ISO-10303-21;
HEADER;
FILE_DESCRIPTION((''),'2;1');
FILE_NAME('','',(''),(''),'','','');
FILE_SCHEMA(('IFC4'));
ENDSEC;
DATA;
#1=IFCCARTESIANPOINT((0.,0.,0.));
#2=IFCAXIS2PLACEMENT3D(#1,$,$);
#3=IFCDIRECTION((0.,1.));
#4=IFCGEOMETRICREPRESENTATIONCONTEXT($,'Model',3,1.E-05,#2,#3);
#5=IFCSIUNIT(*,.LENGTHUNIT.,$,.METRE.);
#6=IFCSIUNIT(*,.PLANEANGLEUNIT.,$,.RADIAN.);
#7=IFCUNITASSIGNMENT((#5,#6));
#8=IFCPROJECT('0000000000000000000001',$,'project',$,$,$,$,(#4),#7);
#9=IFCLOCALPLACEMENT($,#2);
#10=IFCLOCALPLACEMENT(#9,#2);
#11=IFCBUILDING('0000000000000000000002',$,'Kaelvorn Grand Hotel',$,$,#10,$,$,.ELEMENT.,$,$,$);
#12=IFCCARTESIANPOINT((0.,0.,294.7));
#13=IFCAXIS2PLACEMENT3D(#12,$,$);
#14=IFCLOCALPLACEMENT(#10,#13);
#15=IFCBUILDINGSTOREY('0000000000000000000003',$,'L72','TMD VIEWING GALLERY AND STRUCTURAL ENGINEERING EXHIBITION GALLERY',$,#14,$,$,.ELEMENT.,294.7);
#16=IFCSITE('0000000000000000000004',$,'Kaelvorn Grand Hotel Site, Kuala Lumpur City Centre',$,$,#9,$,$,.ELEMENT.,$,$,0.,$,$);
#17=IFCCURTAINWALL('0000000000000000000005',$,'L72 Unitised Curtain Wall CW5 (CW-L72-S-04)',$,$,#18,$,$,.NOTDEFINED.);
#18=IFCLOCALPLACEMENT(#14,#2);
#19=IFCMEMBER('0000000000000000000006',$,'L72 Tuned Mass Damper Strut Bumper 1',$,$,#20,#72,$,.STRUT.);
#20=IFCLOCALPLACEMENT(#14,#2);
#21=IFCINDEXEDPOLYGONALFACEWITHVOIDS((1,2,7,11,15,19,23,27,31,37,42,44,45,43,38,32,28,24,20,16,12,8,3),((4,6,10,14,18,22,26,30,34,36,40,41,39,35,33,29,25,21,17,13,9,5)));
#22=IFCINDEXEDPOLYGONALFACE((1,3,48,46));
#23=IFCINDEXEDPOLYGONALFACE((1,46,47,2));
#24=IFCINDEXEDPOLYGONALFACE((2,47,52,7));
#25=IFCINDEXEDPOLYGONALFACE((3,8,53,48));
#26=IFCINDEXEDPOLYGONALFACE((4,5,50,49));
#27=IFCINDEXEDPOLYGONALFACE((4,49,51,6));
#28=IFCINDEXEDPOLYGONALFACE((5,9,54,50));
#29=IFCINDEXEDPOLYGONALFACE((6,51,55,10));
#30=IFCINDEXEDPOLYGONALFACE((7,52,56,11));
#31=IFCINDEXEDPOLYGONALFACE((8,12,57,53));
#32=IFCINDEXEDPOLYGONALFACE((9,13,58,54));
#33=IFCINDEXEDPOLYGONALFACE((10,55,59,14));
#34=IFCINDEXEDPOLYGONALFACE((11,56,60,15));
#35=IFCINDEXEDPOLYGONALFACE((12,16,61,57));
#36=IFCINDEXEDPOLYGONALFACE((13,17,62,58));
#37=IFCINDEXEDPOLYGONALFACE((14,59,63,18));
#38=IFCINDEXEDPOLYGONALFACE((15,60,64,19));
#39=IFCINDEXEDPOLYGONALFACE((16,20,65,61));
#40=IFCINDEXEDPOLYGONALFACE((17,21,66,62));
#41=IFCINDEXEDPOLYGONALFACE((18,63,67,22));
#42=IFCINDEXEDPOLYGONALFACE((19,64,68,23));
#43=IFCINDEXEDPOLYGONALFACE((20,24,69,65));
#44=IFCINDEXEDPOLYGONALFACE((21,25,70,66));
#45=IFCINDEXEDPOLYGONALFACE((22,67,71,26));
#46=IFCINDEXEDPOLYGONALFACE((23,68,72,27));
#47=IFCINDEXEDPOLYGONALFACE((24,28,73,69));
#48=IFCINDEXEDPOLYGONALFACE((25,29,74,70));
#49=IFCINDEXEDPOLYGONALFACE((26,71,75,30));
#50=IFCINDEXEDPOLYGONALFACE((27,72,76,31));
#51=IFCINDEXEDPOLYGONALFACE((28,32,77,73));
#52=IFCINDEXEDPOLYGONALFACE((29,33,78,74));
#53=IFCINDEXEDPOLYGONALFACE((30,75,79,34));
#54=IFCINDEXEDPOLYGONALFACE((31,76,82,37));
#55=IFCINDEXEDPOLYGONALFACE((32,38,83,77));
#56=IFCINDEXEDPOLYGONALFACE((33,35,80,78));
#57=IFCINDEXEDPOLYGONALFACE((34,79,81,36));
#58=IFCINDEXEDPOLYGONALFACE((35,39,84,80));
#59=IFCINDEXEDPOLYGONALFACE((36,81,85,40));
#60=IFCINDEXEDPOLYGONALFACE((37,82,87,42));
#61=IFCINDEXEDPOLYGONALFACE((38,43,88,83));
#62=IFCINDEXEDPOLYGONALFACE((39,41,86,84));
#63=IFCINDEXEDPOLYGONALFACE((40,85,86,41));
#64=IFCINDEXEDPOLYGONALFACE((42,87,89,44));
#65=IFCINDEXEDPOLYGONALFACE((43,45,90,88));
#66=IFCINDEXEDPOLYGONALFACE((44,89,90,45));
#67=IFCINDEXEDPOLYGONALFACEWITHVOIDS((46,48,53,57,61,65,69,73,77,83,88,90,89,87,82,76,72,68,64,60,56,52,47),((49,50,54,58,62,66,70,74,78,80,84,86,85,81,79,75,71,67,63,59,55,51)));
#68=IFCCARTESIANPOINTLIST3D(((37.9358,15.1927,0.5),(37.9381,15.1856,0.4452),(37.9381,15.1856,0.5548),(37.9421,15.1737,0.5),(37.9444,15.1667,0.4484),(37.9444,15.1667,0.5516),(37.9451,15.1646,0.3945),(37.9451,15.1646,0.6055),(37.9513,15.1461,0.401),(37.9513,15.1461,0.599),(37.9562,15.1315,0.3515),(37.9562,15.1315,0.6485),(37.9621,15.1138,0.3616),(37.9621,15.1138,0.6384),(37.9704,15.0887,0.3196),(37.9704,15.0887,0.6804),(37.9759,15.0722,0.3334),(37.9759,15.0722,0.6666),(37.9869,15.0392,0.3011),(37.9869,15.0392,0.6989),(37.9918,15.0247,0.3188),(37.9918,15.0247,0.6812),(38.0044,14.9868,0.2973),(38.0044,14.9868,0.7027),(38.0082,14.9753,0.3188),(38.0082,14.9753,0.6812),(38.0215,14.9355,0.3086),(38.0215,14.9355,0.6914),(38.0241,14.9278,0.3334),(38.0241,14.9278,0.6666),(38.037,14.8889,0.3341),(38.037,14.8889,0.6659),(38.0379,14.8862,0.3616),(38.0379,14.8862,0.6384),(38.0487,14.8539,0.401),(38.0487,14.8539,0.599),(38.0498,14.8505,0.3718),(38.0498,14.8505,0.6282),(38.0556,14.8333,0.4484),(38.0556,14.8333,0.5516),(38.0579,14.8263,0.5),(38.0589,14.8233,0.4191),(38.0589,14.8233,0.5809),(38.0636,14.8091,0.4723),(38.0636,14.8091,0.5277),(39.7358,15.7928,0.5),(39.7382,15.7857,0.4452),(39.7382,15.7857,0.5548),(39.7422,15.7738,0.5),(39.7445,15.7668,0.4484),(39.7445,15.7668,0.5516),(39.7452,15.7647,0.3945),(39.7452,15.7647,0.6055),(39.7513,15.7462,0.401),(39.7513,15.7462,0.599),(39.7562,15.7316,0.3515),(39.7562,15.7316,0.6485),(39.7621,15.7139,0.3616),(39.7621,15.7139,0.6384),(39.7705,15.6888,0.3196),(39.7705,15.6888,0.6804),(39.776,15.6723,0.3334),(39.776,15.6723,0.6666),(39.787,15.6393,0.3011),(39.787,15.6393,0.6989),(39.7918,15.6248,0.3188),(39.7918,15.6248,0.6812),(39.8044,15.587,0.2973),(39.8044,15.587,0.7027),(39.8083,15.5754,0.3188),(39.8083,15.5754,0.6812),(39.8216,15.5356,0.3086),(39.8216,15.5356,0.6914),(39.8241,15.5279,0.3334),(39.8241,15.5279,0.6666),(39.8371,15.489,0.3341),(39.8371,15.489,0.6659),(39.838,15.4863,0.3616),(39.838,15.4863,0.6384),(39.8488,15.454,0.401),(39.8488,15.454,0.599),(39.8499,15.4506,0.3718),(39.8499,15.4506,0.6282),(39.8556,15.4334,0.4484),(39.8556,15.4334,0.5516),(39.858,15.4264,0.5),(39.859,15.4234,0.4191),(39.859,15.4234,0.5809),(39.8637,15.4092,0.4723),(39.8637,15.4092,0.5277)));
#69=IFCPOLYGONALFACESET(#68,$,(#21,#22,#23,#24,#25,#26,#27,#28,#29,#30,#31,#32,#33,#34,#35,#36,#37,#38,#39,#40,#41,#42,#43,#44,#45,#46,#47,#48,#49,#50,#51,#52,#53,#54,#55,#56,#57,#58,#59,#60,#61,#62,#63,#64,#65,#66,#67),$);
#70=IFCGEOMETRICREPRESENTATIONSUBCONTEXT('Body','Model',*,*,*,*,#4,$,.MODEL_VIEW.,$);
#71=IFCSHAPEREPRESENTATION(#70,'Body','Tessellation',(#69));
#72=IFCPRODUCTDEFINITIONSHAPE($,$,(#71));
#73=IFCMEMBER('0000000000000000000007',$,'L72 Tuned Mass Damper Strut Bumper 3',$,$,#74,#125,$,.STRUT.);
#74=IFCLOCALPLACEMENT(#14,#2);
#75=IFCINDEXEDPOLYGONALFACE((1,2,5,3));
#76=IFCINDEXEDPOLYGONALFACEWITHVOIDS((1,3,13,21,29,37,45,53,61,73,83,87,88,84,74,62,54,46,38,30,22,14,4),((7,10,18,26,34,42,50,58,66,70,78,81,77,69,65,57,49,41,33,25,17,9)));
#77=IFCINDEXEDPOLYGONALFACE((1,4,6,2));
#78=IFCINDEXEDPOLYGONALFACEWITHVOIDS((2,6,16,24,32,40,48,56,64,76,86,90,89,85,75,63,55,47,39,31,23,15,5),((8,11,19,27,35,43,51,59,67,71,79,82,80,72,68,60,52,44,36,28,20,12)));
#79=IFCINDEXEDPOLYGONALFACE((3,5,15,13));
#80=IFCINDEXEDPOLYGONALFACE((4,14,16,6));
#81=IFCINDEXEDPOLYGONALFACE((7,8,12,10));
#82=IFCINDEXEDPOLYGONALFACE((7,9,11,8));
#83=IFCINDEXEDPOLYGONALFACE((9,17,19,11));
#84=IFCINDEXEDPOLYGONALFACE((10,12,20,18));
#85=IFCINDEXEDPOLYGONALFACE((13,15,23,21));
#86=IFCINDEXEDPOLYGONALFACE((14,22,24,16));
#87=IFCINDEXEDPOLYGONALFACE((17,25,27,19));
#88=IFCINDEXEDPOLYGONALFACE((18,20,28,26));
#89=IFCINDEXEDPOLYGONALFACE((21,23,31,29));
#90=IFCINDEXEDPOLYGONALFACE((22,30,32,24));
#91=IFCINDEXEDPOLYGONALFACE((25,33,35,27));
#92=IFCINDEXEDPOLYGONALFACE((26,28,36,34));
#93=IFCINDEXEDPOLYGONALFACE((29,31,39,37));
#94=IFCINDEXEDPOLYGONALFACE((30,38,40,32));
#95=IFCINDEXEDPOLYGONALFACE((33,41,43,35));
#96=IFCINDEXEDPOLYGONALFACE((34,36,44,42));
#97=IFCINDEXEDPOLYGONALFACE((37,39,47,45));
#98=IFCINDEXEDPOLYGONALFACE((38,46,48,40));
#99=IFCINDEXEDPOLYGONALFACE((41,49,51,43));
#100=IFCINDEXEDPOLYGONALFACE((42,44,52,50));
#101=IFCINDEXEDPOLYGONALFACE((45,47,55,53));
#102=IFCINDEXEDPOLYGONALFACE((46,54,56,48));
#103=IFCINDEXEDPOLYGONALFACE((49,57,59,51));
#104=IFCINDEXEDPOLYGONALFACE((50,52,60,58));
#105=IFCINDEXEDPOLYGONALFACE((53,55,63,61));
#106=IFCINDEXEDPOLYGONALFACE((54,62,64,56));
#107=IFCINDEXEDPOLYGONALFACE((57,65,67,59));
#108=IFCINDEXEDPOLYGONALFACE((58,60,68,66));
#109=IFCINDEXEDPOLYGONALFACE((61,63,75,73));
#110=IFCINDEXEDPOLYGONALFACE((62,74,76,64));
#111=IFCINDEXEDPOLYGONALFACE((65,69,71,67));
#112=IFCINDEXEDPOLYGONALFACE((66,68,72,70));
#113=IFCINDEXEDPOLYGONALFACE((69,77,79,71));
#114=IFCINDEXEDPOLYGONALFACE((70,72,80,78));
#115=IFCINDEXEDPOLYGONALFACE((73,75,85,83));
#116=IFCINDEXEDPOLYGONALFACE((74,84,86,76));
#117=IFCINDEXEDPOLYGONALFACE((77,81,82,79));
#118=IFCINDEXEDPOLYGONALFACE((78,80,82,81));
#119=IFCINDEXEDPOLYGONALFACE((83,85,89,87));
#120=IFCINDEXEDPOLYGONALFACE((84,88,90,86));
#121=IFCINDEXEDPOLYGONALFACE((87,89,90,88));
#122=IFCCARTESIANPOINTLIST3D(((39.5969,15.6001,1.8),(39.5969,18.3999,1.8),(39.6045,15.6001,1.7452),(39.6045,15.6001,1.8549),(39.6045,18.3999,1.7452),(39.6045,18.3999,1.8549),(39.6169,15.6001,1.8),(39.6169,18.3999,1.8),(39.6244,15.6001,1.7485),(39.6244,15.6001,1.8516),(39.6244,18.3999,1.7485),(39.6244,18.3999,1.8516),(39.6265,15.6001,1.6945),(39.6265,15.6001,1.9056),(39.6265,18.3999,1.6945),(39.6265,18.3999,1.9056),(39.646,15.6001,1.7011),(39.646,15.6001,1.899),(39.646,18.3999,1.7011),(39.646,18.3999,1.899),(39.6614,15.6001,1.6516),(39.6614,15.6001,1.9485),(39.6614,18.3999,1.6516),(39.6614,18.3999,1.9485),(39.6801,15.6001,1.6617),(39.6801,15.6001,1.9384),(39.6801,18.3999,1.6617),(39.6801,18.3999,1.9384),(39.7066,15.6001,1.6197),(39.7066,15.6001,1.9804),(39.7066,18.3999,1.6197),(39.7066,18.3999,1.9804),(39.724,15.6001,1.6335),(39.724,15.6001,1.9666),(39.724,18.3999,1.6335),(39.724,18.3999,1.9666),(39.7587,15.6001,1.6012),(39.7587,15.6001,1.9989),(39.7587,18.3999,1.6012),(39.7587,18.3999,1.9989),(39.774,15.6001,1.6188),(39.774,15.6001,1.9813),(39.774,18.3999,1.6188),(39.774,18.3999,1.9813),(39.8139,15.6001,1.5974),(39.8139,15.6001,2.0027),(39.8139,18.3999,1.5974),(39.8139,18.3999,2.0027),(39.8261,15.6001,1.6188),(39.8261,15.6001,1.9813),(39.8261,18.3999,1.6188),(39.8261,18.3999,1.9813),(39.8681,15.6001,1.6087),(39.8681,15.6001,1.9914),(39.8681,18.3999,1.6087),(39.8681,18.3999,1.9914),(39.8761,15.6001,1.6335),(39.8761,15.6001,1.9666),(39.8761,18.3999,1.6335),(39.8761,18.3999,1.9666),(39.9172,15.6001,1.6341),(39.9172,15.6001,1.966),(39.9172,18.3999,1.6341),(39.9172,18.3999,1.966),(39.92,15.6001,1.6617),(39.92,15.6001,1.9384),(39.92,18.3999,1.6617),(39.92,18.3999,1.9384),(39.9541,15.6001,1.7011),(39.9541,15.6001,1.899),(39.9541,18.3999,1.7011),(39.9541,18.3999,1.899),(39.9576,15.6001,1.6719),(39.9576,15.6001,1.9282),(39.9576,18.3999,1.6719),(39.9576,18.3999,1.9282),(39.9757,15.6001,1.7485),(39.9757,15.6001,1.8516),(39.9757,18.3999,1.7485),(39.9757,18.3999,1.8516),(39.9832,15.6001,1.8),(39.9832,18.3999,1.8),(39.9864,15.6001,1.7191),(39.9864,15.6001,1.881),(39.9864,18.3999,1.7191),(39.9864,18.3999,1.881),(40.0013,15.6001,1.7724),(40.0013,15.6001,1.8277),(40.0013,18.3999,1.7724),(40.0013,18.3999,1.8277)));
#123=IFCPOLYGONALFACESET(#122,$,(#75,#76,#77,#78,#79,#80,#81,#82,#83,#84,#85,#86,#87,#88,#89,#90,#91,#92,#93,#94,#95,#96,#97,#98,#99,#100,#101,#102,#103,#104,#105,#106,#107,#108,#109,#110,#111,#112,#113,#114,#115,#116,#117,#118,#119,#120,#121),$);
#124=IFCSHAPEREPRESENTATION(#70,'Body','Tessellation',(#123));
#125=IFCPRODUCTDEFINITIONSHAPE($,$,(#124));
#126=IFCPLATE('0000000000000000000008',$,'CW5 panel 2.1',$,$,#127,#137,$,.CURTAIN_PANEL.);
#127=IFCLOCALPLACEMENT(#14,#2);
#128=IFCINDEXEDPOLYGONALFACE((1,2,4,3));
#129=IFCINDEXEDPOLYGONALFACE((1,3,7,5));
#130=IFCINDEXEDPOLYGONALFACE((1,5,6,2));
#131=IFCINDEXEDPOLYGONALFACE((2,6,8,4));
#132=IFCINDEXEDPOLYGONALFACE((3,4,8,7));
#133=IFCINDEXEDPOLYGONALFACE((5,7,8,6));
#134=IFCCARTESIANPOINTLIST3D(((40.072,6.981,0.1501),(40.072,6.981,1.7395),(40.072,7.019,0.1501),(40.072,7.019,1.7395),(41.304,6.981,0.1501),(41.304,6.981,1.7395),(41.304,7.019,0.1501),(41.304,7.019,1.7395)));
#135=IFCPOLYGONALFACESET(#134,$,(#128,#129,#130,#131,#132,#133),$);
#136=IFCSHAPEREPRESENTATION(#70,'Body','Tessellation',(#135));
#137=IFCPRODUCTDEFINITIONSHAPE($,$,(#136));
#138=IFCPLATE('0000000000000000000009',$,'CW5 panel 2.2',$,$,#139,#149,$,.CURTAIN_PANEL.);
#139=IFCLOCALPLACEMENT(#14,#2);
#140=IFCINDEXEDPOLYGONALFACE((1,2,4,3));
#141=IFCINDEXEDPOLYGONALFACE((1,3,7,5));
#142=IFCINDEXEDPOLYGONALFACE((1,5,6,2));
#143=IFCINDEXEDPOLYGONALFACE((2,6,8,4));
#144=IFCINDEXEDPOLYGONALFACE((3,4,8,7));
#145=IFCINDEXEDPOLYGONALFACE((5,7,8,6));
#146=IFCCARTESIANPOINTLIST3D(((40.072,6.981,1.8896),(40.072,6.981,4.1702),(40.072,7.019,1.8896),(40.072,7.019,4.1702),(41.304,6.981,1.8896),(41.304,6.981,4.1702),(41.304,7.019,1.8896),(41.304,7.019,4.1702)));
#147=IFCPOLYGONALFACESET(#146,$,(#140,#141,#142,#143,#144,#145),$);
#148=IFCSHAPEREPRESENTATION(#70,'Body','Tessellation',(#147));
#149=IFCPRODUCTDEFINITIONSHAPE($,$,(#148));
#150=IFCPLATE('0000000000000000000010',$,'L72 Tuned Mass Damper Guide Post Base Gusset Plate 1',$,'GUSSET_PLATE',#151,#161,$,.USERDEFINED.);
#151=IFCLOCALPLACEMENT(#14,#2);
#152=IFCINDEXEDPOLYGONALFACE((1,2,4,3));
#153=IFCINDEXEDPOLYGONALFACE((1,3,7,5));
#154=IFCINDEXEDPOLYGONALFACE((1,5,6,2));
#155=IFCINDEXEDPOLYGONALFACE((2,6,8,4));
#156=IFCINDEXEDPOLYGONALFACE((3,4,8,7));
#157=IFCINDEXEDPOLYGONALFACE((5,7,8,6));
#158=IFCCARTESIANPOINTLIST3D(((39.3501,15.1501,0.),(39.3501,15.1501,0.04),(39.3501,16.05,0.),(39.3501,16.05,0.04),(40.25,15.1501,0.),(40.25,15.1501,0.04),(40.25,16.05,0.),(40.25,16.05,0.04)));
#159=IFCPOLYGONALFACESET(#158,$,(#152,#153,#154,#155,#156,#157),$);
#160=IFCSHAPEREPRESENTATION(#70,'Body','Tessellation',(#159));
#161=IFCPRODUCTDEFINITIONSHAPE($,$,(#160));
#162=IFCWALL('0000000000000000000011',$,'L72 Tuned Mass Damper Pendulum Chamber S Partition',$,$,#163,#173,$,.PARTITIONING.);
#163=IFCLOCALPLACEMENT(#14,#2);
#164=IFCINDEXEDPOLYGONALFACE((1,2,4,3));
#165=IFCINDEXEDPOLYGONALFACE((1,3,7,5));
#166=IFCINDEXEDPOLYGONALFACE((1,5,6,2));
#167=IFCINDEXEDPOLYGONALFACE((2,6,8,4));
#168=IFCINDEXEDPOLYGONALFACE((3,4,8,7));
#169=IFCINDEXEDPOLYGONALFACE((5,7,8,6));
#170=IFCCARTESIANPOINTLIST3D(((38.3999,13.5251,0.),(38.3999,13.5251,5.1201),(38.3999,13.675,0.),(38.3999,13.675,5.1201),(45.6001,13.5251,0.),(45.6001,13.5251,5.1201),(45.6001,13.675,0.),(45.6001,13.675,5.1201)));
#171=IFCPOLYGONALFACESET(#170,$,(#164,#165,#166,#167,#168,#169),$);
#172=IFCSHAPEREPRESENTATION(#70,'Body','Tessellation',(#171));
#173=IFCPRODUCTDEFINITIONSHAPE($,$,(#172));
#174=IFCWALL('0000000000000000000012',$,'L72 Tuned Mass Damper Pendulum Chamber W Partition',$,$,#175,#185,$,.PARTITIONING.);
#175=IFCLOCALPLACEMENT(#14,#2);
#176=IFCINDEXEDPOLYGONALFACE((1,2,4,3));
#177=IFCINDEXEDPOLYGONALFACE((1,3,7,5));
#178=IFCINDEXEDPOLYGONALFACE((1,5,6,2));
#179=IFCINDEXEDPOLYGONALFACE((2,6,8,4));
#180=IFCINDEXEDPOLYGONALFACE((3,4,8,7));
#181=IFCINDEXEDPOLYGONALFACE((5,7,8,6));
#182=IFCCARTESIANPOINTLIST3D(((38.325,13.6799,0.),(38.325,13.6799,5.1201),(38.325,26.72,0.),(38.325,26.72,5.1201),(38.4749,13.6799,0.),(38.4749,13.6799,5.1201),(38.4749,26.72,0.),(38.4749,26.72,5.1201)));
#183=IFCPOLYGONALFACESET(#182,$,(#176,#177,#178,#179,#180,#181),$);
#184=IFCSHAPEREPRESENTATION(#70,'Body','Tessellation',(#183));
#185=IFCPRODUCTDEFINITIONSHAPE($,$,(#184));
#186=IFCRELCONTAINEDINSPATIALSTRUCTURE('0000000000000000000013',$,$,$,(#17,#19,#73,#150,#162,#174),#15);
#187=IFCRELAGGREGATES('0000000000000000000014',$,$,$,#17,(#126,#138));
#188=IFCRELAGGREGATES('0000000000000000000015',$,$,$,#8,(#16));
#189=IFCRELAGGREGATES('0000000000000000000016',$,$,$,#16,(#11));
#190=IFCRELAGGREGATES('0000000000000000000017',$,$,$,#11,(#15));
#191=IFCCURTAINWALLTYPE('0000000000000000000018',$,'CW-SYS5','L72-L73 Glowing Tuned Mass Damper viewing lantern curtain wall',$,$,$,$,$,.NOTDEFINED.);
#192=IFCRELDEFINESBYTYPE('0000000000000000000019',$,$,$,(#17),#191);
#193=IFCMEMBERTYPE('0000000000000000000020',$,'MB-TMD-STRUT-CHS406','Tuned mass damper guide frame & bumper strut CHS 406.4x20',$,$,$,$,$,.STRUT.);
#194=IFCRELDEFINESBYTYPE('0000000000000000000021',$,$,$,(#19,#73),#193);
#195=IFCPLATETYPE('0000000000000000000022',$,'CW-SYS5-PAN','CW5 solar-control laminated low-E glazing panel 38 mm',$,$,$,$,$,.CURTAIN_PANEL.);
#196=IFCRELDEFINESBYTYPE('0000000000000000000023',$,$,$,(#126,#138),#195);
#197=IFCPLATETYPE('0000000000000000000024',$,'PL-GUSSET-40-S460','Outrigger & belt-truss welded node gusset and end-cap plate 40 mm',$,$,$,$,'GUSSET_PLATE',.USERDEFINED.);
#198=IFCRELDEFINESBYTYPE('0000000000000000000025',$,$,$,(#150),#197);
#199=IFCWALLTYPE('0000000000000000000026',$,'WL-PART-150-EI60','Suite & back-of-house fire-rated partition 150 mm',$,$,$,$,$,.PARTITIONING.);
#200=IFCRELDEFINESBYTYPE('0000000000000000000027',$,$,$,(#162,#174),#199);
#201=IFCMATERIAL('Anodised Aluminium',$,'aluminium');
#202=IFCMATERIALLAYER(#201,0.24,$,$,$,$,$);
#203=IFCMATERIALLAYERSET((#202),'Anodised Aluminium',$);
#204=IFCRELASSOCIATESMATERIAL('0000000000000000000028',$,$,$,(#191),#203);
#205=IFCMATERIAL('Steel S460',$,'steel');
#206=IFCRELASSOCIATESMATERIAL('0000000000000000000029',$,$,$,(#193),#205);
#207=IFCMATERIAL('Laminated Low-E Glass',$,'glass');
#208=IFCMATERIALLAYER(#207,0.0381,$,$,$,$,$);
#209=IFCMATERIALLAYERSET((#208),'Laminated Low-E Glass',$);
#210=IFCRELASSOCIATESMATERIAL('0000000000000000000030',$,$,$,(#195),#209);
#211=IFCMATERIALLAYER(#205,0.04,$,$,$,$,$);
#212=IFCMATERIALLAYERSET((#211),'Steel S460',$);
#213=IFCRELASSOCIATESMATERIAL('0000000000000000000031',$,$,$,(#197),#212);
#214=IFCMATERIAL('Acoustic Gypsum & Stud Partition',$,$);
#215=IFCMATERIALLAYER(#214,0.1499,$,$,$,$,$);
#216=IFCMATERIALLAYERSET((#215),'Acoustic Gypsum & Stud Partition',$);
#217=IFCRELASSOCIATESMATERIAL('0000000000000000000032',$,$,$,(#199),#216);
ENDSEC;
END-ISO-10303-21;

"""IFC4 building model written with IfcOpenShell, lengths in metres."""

from ifc_helpers import new_model, si_unit, direction, frame, frame_2d, origin, origin_2d, place, context, subcontext, project, spatial, rectangle, hollow_circle, extrude, material, layer, layer_set, material_profile, profile_set, type_object, element, aggregate, save


model = new_model("IFC4")

# Units and contexts
model_context = context("Model", 3, precision=1e-05, world=origin(), true_north=direction((0.0, 1.0)))
body_context = subcontext(model_context, "Body", "Model", "MODEL_VIEW")
ifc_project = project(units=[si_unit("LENGTHUNIT", "METRE"), si_unit("PLANEANGLEUNIT", "RADIAN")], contexts=[model_context])

# Site, building, storey
site_placement = place(None, origin())
site = spatial("IfcSite", under=ifc_project, at=site_placement, Name="Kaelvorn Grand Hotel Site, Kuala Lumpur City Centre", CompositionType="ELEMENT", RefElevation=0.0)
building_placement = place(site_placement, origin())
building = spatial("IfcBuilding", under=site, at=building_placement, Name="Kaelvorn Grand Hotel", CompositionType="ELEMENT")
storey_placement = place(building_placement, frame((0.0, 0.0, 294.7)))
storey = spatial("IfcBuildingStorey", under=building, at=storey_placement, Name="L72", Description="TMD VIEWING GALLERY AND STRUCTURAL ENGINEERING EXHIBITION GALLERY", CompositionType="ELEMENT", Elevation=294.7)

# Shared definitions
ifc_material_1 = material(Name="Steel S460", Category="steel")

# Curtain wall
ifc_material_2 = material(Name="Anodised Aluminium", Category="aluminium")
ifc_layer_1 = layer(ifc_material_2, 0.24)
ifc_layer_set_1 = layer_set([ifc_layer_1], Name="Anodised Aluminium")
curtain_wall_type = type_object("IfcCurtainWallType", Name="CW-SYS5", Description="L72-L73 Glowing Tuned Mass Damper viewing lantern curtain wall", PredefinedType="NOTDEFINED", material=ifc_layer_set_1)
curtain_wall_placement = place(storey_placement, origin())
curtain_wall = element("IfcCurtainWall", 1, at=curtain_wall_placement, inside=storey, type_object=curtain_wall_type, Name="L72 Unitised Curtain Wall CW5 (CW-L72-S-04)", PredefinedType="NOTDEFINED")

# Members
ifc_material_profile_1 = material_profile(ifc_material_1, hollow_circle(Radius=0.2031, WallThickness=0.02, at=origin_2d()), Name="CHS 406.4x20.0")
ifc_profile_set_1 = profile_set([ifc_material_profile_1], Name="Steel S460")
member_type_1 = type_object("IfcMemberType", Name="MB-TMD-STRUT-CHS406", Description="Tuned mass damper guide frame & bumper strut CHS 406.4x20", PredefinedType="STRUT", material=ifc_profile_set_1)
member_1_placement = place(storey_placement, frame((38.0, 15.0, 0.5), z_axis=(0.94867, 0.316266, 0.0), x_axis=(-0.316266, 0.94867, 0.0)))
element("IfcMember", 2, at=member_1_placement, inside=storey, type_object=member_type_1, Name="L72 Tuned Mass Damper Strut Bumper 1", PredefinedType="STRUT", context=body_context, shape_type="SweptSolid", body=[
    extrude(hollow_circle(Radius=0.2031, WallThickness=0.02, at=origin_2d()), origin(), (0.0, 0.0, 1.0), 1.8975),
])
member_2_placement = place(storey_placement, frame((39.8, 15.6001, 1.8), z_axis=(0.0, 1.0, 0.0), x_axis=(-1.0, 0.0, 0.0)))
element("IfcMember", 3, at=member_2_placement, inside=storey, type_object=member_type_1, Name="L72 Tuned Mass Damper Strut Bumper 3", PredefinedType="STRUT", context=body_context, shape_type="SweptSolid", body=[
    extrude(hollow_circle(Radius=0.2031, WallThickness=0.02, at=origin_2d()), origin(), (0.0, 0.0, 1.0), 2.7998),
])

# Plates
ifc_material_3 = material(Name="Laminated Low-E Glass", Category="glass")
ifc_layer_2 = layer(ifc_material_3, 0.0381)
ifc_layer_set_2 = layer_set([ifc_layer_2], Name="Laminated Low-E Glass")
plate_type_1 = type_object("IfcPlateType", Name="CW-SYS5-PAN", Description="CW5 solar-control laminated low-E glazing panel 38 mm", PredefinedType="CURTAIN_PANEL", material=ifc_layer_set_2)
plate_1_placement = place(storey_placement, frame((40.688, 7.0, 0.1501), z_axis=(0.0, 0.0, 1.0), x_axis=(1.0, 0.0, 0.0)))
plate_1 = element("IfcPlate", 4, at=plate_1_placement, type_object=plate_type_1, Name="CW5 panel 2.1", PredefinedType="CURTAIN_PANEL", context=body_context, shape_type="SweptSolid", body=[
    extrude(rectangle(XDim=1.2319, YDim=0.0381, at=origin_2d()), origin(), (0.0, 0.0, 1.0), 1.5894),
])
plate_2_placement = place(storey_placement, frame((40.688, 7.0, 1.8896), z_axis=(0.0, 0.0, 1.0), x_axis=(1.0, 0.0, 0.0)))
plate_2 = element("IfcPlate", 5, at=plate_2_placement, type_object=plate_type_1, Name="CW5 panel 2.2", PredefinedType="CURTAIN_PANEL", context=body_context, shape_type="SweptSolid", body=[
    extrude(rectangle(XDim=1.2319, YDim=0.0381, at=origin_2d()), origin(), (0.0, 0.0, 1.0), 2.2805),
])
aggregate(curtain_wall, [plate_1, plate_2])
ifc_layer_3 = layer(ifc_material_1, 0.04)
ifc_layer_set_3 = layer_set([ifc_layer_3], Name="Steel S460")
plate_type_2 = type_object("IfcPlateType", Name="PL-GUSSET-40-S460", Description="Outrigger & belt-truss welded node gusset and end-cap plate 40 mm", ElementType="GUSSET_PLATE", PredefinedType="USERDEFINED", material=ifc_layer_set_3)
plate_3_placement = place(storey_placement, frame((39.8, 15.6001, 0.0), z_axis=(0.0, 0.0, 1.0), x_axis=(1.0, 0.0, 0.0)))
element("IfcPlate", 6, at=plate_3_placement, inside=storey, type_object=plate_type_2, Name="L72 Tuned Mass Damper Guide Post Base Gusset Plate 1", ObjectType="GUSSET_PLATE", PredefinedType="USERDEFINED", context=body_context, shape_type="SweptSolid", body=[
    extrude(rectangle(XDim=0.8999, YDim=0.8999, at=origin_2d()), origin(), (0.0, 0.0, 1.0), 0.04),
])

# Walls
ifc_material_4 = material(Name="Acoustic Gypsum & Stud Partition")
ifc_layer_4 = layer(ifc_material_4, 0.1499)
ifc_layer_set_4 = layer_set([ifc_layer_4], Name="Acoustic Gypsum & Stud Partition")
wall_type = type_object("IfcWallType", Name="WL-PART-150-EI60", Description="Suite & back-of-house fire-rated partition 150 mm", PredefinedType="PARTITIONING", material=ifc_layer_set_4)
wall_1_placement = place(storey_placement, frame((38.3999, 13.6001, 0.0), z_axis=(0.0, 0.0, 1.0), x_axis=(1.0, 0.0, 0.0)))
element("IfcWall", 7, at=wall_1_placement, inside=storey, type_object=wall_type, Name="L72 Tuned Mass Damper Pendulum Chamber S Partition", PredefinedType="PARTITIONING", context=body_context, shape_type="SweptSolid", body=[
    extrude(rectangle(XDim=7.2002, YDim=0.1499, at=frame_2d((3.6001, 0.0))), origin(), (0.0, 0.0, 1.0), 5.1201),
])
wall_2_placement = place(storey_placement, frame((38.3999, 13.6799, 0.0), z_axis=(0.0, 0.0, 1.0), x_axis=(0.0, 1.0, 0.0)))
element("IfcWall", 8, at=wall_2_placement, inside=storey, type_object=wall_type, Name="L72 Tuned Mass Damper Pendulum Chamber W Partition", PredefinedType="PARTITIONING", context=body_context, shape_type="SweptSolid", body=[
    extrude(rectangle(XDim=13.04, YDim=0.1499, at=frame_2d((6.52, 0.0))), origin(), (0.0, 0.0, 1.0), 5.1201),
])

save(model, "model.ifc")
